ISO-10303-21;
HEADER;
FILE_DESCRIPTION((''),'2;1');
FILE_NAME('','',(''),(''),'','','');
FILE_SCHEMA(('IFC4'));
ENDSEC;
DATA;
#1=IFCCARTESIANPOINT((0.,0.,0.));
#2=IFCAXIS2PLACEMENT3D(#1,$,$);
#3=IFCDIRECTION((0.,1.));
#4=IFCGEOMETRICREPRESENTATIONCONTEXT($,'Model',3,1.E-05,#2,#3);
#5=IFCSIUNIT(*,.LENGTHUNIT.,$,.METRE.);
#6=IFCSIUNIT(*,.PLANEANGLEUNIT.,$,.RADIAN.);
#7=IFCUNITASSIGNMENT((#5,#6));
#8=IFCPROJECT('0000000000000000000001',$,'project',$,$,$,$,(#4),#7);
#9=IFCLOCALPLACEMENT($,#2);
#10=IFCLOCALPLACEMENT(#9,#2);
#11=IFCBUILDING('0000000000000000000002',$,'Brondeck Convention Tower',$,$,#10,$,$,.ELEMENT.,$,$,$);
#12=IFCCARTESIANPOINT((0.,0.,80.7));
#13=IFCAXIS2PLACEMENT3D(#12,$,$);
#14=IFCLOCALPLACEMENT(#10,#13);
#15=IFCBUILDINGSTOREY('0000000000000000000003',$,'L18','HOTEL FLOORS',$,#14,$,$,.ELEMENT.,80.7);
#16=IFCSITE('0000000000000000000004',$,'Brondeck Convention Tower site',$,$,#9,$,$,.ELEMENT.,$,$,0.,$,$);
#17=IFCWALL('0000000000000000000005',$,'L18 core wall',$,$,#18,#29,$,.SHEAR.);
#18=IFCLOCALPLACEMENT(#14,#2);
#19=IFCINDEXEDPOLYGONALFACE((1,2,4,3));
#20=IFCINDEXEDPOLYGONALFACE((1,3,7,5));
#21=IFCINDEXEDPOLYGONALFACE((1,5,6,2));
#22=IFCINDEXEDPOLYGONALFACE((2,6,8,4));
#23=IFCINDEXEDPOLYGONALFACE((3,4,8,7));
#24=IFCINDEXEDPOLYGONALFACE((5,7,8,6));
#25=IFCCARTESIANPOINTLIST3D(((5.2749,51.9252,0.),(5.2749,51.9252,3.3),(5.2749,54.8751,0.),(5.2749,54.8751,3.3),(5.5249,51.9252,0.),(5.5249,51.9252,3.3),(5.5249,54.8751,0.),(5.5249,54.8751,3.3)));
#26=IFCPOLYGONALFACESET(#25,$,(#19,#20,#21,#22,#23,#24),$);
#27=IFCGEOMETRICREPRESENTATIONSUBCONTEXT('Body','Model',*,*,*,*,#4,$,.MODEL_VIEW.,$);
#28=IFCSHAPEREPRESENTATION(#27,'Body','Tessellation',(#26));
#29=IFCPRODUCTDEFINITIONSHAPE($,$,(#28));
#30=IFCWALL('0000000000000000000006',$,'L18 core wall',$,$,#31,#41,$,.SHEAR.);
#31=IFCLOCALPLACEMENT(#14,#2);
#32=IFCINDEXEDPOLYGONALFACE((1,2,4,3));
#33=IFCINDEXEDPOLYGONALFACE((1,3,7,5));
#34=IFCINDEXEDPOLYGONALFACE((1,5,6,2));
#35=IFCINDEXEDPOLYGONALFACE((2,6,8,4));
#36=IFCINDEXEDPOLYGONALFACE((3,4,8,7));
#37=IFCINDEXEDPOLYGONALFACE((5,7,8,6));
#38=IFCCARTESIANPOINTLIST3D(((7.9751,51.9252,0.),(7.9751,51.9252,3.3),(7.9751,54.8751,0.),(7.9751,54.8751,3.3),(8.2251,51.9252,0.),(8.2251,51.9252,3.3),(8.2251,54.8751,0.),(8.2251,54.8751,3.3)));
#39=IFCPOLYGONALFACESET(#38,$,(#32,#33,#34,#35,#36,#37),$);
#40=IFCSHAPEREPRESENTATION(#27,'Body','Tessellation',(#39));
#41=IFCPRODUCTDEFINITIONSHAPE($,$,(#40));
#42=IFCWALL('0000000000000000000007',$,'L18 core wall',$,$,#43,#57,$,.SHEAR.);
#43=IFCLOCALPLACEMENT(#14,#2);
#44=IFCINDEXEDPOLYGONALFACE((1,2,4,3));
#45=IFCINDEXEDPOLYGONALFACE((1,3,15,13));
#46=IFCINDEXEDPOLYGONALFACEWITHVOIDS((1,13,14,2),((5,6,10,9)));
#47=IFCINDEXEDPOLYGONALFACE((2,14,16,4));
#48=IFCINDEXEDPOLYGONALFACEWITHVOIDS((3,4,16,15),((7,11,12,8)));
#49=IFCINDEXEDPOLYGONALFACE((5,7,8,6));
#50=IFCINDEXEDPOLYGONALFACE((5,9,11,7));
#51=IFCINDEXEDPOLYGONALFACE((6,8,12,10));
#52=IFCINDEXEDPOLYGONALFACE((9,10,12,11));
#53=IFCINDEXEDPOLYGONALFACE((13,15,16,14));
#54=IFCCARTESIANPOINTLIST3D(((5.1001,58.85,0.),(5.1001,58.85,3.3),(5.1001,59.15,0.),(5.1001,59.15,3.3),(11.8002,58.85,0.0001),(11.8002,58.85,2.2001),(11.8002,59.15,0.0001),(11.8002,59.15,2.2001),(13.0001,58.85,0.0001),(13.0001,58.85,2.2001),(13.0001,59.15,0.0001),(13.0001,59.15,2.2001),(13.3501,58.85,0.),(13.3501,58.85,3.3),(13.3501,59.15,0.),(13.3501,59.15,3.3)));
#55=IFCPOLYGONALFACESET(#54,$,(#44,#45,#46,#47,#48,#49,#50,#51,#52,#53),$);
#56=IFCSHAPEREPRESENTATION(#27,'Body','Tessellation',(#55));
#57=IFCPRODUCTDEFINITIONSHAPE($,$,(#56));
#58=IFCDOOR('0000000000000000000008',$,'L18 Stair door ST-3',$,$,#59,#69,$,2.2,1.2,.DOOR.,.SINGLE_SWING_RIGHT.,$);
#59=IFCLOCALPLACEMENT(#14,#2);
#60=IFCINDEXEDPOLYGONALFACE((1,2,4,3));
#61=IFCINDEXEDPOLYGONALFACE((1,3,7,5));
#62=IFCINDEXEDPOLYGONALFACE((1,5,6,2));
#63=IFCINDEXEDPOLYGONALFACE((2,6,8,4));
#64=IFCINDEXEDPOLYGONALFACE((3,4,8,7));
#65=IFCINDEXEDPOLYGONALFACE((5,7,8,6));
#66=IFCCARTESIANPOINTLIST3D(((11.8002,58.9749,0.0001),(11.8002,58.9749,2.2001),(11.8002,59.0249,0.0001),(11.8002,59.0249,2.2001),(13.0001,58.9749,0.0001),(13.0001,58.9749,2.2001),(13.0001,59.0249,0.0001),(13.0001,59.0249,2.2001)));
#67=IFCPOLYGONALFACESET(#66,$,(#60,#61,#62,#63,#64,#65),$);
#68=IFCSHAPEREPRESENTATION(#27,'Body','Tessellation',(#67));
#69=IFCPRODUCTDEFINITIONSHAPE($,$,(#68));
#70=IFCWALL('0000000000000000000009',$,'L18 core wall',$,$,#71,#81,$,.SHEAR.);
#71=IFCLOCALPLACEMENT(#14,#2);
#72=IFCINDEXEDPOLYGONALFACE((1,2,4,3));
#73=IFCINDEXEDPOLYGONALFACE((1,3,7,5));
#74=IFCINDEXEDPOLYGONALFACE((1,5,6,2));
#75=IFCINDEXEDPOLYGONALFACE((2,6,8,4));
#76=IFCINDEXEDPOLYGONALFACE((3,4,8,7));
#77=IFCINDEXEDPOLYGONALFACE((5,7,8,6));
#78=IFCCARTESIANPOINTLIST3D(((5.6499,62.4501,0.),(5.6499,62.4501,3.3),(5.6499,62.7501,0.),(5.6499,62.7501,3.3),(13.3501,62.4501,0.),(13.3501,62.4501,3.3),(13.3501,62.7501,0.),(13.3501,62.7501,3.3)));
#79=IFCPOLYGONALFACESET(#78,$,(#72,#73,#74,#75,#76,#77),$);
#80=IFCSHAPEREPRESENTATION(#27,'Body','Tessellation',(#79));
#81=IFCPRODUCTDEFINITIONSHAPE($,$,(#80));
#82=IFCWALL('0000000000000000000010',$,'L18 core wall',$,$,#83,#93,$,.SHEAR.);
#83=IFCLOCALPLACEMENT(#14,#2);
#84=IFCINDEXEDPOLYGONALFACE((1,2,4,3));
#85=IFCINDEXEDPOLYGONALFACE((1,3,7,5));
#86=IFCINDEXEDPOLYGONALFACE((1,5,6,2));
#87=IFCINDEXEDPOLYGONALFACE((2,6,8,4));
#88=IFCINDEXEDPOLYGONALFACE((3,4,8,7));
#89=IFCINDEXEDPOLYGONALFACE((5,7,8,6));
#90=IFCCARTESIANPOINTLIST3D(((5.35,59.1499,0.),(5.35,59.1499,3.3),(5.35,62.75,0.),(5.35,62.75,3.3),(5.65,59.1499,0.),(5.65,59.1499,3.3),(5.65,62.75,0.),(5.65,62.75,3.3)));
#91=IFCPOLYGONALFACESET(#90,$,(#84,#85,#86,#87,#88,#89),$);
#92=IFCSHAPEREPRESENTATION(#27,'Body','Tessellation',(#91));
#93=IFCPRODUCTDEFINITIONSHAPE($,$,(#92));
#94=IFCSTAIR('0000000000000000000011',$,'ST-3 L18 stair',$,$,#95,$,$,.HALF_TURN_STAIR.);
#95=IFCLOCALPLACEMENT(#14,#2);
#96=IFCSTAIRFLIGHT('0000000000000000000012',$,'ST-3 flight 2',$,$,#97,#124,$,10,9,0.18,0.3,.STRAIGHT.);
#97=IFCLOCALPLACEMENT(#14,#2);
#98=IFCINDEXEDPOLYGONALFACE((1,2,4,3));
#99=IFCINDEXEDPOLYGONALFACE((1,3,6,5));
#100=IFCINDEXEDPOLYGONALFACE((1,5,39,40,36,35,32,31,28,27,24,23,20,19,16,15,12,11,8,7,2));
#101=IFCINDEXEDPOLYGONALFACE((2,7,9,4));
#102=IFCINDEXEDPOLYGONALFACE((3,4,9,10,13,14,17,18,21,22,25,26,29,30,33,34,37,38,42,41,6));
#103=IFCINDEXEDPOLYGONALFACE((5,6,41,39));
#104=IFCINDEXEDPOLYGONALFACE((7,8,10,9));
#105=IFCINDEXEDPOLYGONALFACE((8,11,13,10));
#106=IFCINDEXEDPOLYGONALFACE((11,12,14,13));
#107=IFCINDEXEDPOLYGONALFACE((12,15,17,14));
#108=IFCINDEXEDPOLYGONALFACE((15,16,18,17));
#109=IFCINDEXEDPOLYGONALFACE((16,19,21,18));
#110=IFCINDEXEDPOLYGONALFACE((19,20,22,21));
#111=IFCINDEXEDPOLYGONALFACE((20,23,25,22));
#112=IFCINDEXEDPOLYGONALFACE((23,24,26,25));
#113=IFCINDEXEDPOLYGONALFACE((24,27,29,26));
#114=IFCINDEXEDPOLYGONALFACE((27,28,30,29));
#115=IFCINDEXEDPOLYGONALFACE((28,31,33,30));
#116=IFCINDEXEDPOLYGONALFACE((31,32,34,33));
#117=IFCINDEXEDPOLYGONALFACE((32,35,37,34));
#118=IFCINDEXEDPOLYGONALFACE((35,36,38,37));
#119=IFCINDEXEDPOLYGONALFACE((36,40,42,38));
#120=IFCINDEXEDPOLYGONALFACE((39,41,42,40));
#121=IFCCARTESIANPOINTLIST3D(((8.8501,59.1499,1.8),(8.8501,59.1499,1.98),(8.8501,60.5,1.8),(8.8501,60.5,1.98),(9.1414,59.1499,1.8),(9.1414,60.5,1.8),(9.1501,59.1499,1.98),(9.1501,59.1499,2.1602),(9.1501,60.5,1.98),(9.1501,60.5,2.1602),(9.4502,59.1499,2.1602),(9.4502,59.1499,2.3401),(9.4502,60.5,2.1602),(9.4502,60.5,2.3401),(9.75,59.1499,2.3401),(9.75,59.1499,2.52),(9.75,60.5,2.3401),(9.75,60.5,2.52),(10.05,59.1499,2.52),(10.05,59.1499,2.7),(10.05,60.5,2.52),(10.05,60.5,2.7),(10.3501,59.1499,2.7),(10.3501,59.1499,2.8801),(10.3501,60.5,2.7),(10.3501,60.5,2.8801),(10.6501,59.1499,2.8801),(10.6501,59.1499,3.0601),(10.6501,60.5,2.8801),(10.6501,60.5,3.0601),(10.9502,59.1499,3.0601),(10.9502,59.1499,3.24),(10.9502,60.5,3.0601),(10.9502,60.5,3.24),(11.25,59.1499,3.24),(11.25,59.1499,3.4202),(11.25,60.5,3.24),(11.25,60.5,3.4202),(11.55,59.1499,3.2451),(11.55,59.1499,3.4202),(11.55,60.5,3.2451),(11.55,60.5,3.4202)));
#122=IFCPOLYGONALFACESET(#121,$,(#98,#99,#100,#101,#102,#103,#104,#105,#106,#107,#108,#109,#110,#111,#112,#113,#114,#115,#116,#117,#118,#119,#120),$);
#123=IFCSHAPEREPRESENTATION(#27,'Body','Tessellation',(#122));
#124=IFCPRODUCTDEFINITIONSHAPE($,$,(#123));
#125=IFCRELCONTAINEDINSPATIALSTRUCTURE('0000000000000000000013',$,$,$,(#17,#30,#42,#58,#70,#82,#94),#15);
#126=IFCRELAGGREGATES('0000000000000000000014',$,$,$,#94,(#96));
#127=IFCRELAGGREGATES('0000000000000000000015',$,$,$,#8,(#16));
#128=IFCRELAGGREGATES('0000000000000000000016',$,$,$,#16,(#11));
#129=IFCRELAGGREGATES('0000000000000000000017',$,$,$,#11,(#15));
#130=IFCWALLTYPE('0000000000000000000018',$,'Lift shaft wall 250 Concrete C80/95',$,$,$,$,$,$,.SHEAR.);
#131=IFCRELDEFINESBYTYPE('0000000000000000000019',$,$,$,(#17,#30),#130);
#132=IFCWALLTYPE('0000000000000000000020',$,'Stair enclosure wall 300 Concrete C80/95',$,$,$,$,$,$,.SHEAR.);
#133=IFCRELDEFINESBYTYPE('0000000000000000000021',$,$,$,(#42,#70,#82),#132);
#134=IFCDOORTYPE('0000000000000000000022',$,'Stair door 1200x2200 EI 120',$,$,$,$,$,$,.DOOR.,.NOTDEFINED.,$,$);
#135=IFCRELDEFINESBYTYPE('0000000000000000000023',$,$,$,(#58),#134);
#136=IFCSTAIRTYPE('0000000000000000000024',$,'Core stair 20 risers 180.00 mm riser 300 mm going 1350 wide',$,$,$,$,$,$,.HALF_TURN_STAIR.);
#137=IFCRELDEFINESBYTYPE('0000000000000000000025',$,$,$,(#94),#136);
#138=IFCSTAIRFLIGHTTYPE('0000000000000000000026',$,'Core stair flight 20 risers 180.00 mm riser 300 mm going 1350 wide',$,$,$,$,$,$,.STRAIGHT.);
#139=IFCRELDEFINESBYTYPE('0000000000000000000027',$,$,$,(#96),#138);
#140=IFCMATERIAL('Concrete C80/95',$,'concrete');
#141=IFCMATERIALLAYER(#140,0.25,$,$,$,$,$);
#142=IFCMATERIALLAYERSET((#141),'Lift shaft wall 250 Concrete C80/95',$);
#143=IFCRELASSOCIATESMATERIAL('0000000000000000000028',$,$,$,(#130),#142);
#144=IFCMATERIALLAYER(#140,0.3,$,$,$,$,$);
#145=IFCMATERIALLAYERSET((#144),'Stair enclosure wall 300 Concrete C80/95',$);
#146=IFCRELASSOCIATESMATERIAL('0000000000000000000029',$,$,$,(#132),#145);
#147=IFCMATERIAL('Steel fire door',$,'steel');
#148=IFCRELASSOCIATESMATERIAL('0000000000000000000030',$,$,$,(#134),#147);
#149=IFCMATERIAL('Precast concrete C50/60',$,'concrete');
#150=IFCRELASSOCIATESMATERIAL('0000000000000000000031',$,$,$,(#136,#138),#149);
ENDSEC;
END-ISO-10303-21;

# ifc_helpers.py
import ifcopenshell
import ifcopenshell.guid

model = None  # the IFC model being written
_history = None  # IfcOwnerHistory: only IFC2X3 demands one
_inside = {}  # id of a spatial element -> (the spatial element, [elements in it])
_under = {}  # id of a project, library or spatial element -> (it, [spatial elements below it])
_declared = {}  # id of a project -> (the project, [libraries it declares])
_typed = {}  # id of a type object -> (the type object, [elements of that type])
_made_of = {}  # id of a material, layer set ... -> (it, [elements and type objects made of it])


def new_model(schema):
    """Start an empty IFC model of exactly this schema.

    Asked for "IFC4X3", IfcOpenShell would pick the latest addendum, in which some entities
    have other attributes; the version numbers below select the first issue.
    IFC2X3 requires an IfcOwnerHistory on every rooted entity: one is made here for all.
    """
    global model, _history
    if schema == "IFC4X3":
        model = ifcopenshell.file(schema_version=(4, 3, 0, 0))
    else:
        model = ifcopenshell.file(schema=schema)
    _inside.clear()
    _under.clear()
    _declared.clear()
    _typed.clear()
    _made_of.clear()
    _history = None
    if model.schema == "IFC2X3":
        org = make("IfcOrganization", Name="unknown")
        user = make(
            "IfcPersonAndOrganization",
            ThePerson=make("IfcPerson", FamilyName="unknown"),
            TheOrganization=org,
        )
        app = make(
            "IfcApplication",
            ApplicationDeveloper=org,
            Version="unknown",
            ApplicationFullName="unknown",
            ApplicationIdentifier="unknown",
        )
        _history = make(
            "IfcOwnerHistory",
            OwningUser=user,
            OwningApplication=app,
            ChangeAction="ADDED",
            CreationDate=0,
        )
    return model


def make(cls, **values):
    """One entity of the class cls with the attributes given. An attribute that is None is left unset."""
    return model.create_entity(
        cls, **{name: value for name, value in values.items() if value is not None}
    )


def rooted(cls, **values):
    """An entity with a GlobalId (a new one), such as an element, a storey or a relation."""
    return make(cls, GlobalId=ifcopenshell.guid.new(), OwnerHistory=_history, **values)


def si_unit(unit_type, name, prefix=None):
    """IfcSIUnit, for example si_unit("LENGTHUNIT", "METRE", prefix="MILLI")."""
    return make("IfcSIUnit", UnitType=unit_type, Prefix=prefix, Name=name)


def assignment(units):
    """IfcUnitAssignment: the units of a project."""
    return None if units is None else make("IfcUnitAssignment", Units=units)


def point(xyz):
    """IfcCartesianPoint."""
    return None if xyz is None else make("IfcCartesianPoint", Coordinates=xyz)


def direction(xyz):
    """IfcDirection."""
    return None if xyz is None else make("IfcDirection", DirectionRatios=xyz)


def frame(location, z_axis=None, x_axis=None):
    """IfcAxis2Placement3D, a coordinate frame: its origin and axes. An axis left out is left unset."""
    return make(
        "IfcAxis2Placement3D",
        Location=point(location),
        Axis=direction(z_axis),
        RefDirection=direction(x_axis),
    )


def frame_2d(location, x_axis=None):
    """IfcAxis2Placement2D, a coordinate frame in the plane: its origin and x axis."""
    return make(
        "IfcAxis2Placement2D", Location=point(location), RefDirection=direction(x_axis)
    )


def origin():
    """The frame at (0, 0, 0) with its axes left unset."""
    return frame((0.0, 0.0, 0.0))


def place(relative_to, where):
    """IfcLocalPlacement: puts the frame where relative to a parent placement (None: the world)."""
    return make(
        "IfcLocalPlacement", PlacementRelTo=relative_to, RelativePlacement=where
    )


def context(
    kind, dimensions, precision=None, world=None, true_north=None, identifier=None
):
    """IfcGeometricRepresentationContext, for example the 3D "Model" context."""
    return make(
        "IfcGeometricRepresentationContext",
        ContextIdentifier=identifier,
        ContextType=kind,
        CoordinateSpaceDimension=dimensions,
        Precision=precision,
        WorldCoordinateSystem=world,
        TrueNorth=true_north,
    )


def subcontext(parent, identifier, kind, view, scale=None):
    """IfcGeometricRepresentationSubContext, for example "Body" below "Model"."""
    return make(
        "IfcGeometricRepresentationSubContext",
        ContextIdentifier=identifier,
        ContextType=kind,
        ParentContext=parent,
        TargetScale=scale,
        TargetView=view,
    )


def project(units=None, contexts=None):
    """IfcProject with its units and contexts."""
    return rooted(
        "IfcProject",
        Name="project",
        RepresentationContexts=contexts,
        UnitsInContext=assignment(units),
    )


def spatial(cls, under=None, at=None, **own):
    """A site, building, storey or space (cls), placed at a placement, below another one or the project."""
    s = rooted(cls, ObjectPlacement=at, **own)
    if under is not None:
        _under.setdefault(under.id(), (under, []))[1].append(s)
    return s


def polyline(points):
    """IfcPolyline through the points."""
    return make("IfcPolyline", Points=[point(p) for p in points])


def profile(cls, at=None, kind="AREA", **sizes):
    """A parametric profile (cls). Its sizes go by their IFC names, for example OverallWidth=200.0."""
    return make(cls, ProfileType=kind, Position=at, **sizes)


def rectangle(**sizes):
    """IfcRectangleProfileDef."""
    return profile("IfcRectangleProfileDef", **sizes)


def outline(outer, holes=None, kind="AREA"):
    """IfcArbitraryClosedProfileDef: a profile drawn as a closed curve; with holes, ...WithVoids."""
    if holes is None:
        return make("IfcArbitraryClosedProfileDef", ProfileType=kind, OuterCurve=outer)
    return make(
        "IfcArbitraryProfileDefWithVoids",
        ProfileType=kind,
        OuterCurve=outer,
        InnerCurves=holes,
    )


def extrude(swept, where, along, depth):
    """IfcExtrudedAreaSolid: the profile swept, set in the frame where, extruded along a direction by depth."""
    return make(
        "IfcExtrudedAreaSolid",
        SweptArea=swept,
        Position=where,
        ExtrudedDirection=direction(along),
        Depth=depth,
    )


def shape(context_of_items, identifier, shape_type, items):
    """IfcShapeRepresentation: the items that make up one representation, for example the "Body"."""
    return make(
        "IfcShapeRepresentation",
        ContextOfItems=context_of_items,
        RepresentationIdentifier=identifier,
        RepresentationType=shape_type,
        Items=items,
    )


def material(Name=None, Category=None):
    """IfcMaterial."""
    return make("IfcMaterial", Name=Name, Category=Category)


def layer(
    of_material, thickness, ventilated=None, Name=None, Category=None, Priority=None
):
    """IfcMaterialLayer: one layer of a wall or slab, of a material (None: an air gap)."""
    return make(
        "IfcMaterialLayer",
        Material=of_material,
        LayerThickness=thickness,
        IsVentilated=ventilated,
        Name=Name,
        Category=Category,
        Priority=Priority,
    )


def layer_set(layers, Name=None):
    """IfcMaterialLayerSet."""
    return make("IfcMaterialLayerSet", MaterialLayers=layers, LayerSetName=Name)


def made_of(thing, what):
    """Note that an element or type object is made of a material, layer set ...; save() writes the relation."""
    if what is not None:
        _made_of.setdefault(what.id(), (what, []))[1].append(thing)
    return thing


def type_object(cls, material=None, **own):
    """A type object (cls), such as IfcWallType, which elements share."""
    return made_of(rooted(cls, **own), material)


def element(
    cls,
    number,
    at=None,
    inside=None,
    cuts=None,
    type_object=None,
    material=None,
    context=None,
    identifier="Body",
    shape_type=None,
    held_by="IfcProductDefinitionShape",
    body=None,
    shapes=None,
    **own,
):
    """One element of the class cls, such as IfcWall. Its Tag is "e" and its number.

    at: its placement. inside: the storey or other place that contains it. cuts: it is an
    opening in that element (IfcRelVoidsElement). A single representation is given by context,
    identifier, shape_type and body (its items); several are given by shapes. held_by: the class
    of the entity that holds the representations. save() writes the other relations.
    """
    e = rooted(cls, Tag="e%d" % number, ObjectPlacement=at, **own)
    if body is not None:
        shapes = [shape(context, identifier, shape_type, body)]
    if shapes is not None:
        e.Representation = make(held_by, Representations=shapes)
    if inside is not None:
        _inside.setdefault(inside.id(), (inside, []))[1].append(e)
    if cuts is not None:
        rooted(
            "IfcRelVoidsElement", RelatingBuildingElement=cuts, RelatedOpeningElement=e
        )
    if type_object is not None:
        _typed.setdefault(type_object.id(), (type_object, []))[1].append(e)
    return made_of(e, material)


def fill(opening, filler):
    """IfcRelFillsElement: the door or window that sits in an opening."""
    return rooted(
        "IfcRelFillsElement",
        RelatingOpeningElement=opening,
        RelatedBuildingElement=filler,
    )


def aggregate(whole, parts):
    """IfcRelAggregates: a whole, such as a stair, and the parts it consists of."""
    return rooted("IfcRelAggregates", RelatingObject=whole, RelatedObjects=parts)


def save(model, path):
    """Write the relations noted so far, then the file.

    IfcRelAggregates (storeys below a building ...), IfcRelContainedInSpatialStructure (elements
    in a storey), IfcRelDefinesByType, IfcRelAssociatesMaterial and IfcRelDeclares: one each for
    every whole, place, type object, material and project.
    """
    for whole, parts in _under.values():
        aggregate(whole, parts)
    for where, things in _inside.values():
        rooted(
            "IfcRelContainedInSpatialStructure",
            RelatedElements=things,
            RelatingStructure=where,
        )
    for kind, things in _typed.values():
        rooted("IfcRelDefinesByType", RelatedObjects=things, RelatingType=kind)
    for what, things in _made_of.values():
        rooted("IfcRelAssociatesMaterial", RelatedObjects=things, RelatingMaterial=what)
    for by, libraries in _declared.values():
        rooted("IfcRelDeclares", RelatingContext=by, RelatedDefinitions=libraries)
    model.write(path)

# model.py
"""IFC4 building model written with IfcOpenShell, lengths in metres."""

from ifc_helpers import new_model, si_unit, direction, frame, frame_2d, origin, place, context, subcontext, project, spatial, polyline, rectangle, outline, extrude, material, layer, layer_set, type_object, element, fill, aggregate, save


model = new_model("IFC4")

# Units and contexts
model_context = context("Model", 3, precision=1e-05, world=origin(), true_north=direction((0.0, 1.0)))
body_context = subcontext(model_context, "Body", "Model", "MODEL_VIEW")
ifc_project = project(units=[si_unit("LENGTHUNIT", "METRE"), si_unit("PLANEANGLEUNIT", "RADIAN")], contexts=[model_context])

# Site, building, storey
site_placement = place(None, origin())
site = spatial("IfcSite", under=ifc_project, at=site_placement, Name="Brondeck Convention Tower site", CompositionType="ELEMENT", RefElevation=0.0)
building_placement = place(site_placement, origin())
building = spatial("IfcBuilding", under=site, at=building_placement, Name="Brondeck Convention Tower", CompositionType="ELEMENT")
storey_placement = place(building_placement, frame((0.0, 0.0, 80.7)))
storey = spatial("IfcBuildingStorey", under=building, at=storey_placement, Name="L18", Description="HOTEL FLOORS", CompositionType="ELEMENT", Elevation=80.7)

# Shared definitions
ifc_material_1 = material(Name="Concrete C80/95", Category="concrete")

# Shared definitions
ifc_material_2 = material(Name="Steel fire door", Category="steel")

# Shared definitions
ifc_layer_1 = layer(ifc_material_1, 0.25)
ifc_layer_set_1 = layer_set([ifc_layer_1], Name="Lift shaft wall 250 Concrete C80/95")
wall_type_1 = type_object("IfcWallType", Name="Lift shaft wall 250 Concrete C80/95", PredefinedType="SHEAR", material=ifc_layer_set_1)

# Walls
for number, where, z_axis, x_axis, name in (
    (1, (5.3999, 51.925, 0.0), (0.0, 0.0, 1.0), (0.0, 1.0, 0.0), "L18 core wall"),
    (2, (8.1001, 51.925, 0.0), (0.0, 0.0, 1.0), (0.0, 1.0, 0.0), "L18 core wall"),
):
    element("IfcWall", number, at=place(storey_placement, frame(where, z_axis=z_axis, x_axis=x_axis)), inside=storey, type_object=wall_type_1, Name=name, PredefinedType="SHEAR", context=body_context, shape_type="SweptSolid", body=[
        extrude(rectangle(XDim=2.95, YDim=0.25, at=frame_2d((1.4751, 0.0))), origin(), (0.0, 0.0, 1.0), 3.3),
    ])

# Wall, opening, door
ifc_layer_2 = layer(ifc_material_1, 0.3)
ifc_layer_set_2 = layer_set([ifc_layer_2], Name="Stair enclosure wall 300 Concrete C80/95")
wall_type_2 = type_object("IfcWallType", Name="Stair enclosure wall 300 Concrete C80/95", PredefinedType="SHEAR", material=ifc_layer_set_2)
wall_1_placement = place(storey_placement, frame((5.1001, 59.0, 0.0), z_axis=(0.0, 0.0, 1.0), x_axis=(1.0, 0.0, 0.0)))
wall_1 = element("IfcWall", 3, at=wall_1_placement, inside=storey, type_object=wall_type_2, Name="L18 core wall", PredefinedType="SHEAR", context=body_context, shape_type="SweptSolid", body=[
    extrude(rectangle(XDim=8.25, YDim=0.3, at=frame_2d((4.125, 0.0))), origin(), (0.0, 0.0, 1.0), 3.3),
])
opening_1_placement = place(wall_1_placement, frame((6.7, 0.0, 0.0)))
opening_1 = element("IfcOpeningElement", 4, at=opening_1_placement, cuts=wall_1, PredefinedType="OPENING", context=body_context, shape_type="SweptSolid", body=[
    extrude(rectangle(XDim=1.2, YDim=2.2, at=frame_2d((0.6001, 1.1001))), frame((0.0, 0.1599, 0.0), z_axis=(0.0, -1.0, 0.0), x_axis=(1.0, 0.0, 0.0)), (0.0, 0.0, 1.0), 0.3201),
])
door_type_1 = type_object("IfcDoorType", Name="Stair door 1200x2200 EI 120", OperationType="NOTDEFINED", PredefinedType="DOOR", material=ifc_material_2)
door_1_placement = place(opening_1_placement, origin())
door_1 = element("IfcDoor", 5, at=door_1_placement, inside=storey, type_object=door_type_1, Name="L18 Stair door ST-3", OperationType="SINGLE_SWING_RIGHT", OverallHeight=2.2, OverallWidth=1.2, PredefinedType="DOOR", context=body_context, shape_type="SweptSolid", body=[
    extrude(rectangle(XDim=1.2, YDim=2.2, at=frame_2d((0.6001, 1.1001))), frame((0.0, 0.0249, 0.0), z_axis=(0.0, -1.0, 0.0), x_axis=(1.0, 0.0, 0.0)), (0.0, 0.0, 1.0), 0.05),
])
fill(opening_1, door_1)

# Walls
wall_2_placement = place(storey_placement, frame((5.6499, 62.6001, 0.0), z_axis=(0.0, 0.0, 1.0), x_axis=(1.0, 0.0, 0.0)))
element("IfcWall", 6, at=wall_2_placement, inside=storey, type_object=wall_type_2, Name="L18 core wall", PredefinedType="SHEAR", context=body_context, shape_type="SweptSolid", body=[
    extrude(rectangle(XDim=7.7002, YDim=0.3, at=frame_2d((3.8501, 0.0))), origin(), (0.0, 0.0, 1.0), 3.3),
])
wall_3_placement = place(storey_placement, frame((5.5, 59.1499, 0.0), z_axis=(0.0, 0.0, 1.0), x_axis=(0.0, 1.0, 0.0)))
element("IfcWall", 7, at=wall_3_placement, inside=storey, type_object=wall_type_2, Name="L18 core wall", PredefinedType="SHEAR", context=body_context, shape_type="SweptSolid", body=[
    extrude(rectangle(XDim=3.6001, YDim=0.3, at=frame_2d((1.8, 0.0))), origin(), (0.0, 0.0, 1.0), 3.3),
])

# Stair, stair flight
ifc_material_3 = material(Name="Precast concrete C50/60", Category="concrete")
stair_type = type_object("IfcStairType", Name="Core stair 20 risers 180.00 mm riser 300 mm going 1350 wide", PredefinedType="HALF_TURN_STAIR", material=ifc_material_3)
stair_placement = place(storey_placement, origin())
stair = element("IfcStair", 8, at=stair_placement, inside=storey, type_object=stair_type, Name="ST-3 L18 stair", PredefinedType="HALF_TURN_STAIR")
stair_flight_type = type_object("IfcStairFlightType", Name="Core stair flight 20 risers 180.00 mm riser 300 mm going 1350 wide", PredefinedType="STRAIGHT", material=ifc_material_3)
stair_flight_placement = place(storey_placement, frame((8.8501, 59.825, 1.8), z_axis=(0.0, 0.0, 1.0), x_axis=(1.0, 0.0, 0.0)))
stair_flight = element("IfcStairFlight", 9, at=stair_flight_placement, type_object=stair_flight_type, Name="ST-3 flight 2", NumberOfRisers=10, NumberOfTreads=9, PredefinedType="STRAIGHT", RiserHeight=0.18, TreadLength=0.3, context=body_context, shape_type="SweptSolid", body=[
    extrude(outline(polyline([(0.0, 0.0), (0.0, 0.1799), (0.3, 0.1799), (0.3, 0.3601), (0.6001, 0.3601), (0.6001, 0.54), (0.8999, 0.54), (0.8999, 0.72), (1.2, 0.72), (1.2, 0.8999), (1.5, 0.8999), (1.5, 1.0801), (1.8, 1.0801), (1.8, 1.26), (2.1001, 1.26), (2.1001, 1.4399), (2.3999, 1.4399), (2.3999, 1.6201), (2.7, 1.6201), (2.7, 1.8), (2.7, 1.4451), (0.2913, 0.0), (0.0, 0.0)])), frame((0.0, 0.675, 0.0), z_axis=(0.0, -1.0, 0.0), x_axis=(1.0, 0.0, 0.0)), (0.0, 0.0, 1.0), 1.3501),
])
aggregate(stair, [stair_flight])

save(model, "model.ifc")
